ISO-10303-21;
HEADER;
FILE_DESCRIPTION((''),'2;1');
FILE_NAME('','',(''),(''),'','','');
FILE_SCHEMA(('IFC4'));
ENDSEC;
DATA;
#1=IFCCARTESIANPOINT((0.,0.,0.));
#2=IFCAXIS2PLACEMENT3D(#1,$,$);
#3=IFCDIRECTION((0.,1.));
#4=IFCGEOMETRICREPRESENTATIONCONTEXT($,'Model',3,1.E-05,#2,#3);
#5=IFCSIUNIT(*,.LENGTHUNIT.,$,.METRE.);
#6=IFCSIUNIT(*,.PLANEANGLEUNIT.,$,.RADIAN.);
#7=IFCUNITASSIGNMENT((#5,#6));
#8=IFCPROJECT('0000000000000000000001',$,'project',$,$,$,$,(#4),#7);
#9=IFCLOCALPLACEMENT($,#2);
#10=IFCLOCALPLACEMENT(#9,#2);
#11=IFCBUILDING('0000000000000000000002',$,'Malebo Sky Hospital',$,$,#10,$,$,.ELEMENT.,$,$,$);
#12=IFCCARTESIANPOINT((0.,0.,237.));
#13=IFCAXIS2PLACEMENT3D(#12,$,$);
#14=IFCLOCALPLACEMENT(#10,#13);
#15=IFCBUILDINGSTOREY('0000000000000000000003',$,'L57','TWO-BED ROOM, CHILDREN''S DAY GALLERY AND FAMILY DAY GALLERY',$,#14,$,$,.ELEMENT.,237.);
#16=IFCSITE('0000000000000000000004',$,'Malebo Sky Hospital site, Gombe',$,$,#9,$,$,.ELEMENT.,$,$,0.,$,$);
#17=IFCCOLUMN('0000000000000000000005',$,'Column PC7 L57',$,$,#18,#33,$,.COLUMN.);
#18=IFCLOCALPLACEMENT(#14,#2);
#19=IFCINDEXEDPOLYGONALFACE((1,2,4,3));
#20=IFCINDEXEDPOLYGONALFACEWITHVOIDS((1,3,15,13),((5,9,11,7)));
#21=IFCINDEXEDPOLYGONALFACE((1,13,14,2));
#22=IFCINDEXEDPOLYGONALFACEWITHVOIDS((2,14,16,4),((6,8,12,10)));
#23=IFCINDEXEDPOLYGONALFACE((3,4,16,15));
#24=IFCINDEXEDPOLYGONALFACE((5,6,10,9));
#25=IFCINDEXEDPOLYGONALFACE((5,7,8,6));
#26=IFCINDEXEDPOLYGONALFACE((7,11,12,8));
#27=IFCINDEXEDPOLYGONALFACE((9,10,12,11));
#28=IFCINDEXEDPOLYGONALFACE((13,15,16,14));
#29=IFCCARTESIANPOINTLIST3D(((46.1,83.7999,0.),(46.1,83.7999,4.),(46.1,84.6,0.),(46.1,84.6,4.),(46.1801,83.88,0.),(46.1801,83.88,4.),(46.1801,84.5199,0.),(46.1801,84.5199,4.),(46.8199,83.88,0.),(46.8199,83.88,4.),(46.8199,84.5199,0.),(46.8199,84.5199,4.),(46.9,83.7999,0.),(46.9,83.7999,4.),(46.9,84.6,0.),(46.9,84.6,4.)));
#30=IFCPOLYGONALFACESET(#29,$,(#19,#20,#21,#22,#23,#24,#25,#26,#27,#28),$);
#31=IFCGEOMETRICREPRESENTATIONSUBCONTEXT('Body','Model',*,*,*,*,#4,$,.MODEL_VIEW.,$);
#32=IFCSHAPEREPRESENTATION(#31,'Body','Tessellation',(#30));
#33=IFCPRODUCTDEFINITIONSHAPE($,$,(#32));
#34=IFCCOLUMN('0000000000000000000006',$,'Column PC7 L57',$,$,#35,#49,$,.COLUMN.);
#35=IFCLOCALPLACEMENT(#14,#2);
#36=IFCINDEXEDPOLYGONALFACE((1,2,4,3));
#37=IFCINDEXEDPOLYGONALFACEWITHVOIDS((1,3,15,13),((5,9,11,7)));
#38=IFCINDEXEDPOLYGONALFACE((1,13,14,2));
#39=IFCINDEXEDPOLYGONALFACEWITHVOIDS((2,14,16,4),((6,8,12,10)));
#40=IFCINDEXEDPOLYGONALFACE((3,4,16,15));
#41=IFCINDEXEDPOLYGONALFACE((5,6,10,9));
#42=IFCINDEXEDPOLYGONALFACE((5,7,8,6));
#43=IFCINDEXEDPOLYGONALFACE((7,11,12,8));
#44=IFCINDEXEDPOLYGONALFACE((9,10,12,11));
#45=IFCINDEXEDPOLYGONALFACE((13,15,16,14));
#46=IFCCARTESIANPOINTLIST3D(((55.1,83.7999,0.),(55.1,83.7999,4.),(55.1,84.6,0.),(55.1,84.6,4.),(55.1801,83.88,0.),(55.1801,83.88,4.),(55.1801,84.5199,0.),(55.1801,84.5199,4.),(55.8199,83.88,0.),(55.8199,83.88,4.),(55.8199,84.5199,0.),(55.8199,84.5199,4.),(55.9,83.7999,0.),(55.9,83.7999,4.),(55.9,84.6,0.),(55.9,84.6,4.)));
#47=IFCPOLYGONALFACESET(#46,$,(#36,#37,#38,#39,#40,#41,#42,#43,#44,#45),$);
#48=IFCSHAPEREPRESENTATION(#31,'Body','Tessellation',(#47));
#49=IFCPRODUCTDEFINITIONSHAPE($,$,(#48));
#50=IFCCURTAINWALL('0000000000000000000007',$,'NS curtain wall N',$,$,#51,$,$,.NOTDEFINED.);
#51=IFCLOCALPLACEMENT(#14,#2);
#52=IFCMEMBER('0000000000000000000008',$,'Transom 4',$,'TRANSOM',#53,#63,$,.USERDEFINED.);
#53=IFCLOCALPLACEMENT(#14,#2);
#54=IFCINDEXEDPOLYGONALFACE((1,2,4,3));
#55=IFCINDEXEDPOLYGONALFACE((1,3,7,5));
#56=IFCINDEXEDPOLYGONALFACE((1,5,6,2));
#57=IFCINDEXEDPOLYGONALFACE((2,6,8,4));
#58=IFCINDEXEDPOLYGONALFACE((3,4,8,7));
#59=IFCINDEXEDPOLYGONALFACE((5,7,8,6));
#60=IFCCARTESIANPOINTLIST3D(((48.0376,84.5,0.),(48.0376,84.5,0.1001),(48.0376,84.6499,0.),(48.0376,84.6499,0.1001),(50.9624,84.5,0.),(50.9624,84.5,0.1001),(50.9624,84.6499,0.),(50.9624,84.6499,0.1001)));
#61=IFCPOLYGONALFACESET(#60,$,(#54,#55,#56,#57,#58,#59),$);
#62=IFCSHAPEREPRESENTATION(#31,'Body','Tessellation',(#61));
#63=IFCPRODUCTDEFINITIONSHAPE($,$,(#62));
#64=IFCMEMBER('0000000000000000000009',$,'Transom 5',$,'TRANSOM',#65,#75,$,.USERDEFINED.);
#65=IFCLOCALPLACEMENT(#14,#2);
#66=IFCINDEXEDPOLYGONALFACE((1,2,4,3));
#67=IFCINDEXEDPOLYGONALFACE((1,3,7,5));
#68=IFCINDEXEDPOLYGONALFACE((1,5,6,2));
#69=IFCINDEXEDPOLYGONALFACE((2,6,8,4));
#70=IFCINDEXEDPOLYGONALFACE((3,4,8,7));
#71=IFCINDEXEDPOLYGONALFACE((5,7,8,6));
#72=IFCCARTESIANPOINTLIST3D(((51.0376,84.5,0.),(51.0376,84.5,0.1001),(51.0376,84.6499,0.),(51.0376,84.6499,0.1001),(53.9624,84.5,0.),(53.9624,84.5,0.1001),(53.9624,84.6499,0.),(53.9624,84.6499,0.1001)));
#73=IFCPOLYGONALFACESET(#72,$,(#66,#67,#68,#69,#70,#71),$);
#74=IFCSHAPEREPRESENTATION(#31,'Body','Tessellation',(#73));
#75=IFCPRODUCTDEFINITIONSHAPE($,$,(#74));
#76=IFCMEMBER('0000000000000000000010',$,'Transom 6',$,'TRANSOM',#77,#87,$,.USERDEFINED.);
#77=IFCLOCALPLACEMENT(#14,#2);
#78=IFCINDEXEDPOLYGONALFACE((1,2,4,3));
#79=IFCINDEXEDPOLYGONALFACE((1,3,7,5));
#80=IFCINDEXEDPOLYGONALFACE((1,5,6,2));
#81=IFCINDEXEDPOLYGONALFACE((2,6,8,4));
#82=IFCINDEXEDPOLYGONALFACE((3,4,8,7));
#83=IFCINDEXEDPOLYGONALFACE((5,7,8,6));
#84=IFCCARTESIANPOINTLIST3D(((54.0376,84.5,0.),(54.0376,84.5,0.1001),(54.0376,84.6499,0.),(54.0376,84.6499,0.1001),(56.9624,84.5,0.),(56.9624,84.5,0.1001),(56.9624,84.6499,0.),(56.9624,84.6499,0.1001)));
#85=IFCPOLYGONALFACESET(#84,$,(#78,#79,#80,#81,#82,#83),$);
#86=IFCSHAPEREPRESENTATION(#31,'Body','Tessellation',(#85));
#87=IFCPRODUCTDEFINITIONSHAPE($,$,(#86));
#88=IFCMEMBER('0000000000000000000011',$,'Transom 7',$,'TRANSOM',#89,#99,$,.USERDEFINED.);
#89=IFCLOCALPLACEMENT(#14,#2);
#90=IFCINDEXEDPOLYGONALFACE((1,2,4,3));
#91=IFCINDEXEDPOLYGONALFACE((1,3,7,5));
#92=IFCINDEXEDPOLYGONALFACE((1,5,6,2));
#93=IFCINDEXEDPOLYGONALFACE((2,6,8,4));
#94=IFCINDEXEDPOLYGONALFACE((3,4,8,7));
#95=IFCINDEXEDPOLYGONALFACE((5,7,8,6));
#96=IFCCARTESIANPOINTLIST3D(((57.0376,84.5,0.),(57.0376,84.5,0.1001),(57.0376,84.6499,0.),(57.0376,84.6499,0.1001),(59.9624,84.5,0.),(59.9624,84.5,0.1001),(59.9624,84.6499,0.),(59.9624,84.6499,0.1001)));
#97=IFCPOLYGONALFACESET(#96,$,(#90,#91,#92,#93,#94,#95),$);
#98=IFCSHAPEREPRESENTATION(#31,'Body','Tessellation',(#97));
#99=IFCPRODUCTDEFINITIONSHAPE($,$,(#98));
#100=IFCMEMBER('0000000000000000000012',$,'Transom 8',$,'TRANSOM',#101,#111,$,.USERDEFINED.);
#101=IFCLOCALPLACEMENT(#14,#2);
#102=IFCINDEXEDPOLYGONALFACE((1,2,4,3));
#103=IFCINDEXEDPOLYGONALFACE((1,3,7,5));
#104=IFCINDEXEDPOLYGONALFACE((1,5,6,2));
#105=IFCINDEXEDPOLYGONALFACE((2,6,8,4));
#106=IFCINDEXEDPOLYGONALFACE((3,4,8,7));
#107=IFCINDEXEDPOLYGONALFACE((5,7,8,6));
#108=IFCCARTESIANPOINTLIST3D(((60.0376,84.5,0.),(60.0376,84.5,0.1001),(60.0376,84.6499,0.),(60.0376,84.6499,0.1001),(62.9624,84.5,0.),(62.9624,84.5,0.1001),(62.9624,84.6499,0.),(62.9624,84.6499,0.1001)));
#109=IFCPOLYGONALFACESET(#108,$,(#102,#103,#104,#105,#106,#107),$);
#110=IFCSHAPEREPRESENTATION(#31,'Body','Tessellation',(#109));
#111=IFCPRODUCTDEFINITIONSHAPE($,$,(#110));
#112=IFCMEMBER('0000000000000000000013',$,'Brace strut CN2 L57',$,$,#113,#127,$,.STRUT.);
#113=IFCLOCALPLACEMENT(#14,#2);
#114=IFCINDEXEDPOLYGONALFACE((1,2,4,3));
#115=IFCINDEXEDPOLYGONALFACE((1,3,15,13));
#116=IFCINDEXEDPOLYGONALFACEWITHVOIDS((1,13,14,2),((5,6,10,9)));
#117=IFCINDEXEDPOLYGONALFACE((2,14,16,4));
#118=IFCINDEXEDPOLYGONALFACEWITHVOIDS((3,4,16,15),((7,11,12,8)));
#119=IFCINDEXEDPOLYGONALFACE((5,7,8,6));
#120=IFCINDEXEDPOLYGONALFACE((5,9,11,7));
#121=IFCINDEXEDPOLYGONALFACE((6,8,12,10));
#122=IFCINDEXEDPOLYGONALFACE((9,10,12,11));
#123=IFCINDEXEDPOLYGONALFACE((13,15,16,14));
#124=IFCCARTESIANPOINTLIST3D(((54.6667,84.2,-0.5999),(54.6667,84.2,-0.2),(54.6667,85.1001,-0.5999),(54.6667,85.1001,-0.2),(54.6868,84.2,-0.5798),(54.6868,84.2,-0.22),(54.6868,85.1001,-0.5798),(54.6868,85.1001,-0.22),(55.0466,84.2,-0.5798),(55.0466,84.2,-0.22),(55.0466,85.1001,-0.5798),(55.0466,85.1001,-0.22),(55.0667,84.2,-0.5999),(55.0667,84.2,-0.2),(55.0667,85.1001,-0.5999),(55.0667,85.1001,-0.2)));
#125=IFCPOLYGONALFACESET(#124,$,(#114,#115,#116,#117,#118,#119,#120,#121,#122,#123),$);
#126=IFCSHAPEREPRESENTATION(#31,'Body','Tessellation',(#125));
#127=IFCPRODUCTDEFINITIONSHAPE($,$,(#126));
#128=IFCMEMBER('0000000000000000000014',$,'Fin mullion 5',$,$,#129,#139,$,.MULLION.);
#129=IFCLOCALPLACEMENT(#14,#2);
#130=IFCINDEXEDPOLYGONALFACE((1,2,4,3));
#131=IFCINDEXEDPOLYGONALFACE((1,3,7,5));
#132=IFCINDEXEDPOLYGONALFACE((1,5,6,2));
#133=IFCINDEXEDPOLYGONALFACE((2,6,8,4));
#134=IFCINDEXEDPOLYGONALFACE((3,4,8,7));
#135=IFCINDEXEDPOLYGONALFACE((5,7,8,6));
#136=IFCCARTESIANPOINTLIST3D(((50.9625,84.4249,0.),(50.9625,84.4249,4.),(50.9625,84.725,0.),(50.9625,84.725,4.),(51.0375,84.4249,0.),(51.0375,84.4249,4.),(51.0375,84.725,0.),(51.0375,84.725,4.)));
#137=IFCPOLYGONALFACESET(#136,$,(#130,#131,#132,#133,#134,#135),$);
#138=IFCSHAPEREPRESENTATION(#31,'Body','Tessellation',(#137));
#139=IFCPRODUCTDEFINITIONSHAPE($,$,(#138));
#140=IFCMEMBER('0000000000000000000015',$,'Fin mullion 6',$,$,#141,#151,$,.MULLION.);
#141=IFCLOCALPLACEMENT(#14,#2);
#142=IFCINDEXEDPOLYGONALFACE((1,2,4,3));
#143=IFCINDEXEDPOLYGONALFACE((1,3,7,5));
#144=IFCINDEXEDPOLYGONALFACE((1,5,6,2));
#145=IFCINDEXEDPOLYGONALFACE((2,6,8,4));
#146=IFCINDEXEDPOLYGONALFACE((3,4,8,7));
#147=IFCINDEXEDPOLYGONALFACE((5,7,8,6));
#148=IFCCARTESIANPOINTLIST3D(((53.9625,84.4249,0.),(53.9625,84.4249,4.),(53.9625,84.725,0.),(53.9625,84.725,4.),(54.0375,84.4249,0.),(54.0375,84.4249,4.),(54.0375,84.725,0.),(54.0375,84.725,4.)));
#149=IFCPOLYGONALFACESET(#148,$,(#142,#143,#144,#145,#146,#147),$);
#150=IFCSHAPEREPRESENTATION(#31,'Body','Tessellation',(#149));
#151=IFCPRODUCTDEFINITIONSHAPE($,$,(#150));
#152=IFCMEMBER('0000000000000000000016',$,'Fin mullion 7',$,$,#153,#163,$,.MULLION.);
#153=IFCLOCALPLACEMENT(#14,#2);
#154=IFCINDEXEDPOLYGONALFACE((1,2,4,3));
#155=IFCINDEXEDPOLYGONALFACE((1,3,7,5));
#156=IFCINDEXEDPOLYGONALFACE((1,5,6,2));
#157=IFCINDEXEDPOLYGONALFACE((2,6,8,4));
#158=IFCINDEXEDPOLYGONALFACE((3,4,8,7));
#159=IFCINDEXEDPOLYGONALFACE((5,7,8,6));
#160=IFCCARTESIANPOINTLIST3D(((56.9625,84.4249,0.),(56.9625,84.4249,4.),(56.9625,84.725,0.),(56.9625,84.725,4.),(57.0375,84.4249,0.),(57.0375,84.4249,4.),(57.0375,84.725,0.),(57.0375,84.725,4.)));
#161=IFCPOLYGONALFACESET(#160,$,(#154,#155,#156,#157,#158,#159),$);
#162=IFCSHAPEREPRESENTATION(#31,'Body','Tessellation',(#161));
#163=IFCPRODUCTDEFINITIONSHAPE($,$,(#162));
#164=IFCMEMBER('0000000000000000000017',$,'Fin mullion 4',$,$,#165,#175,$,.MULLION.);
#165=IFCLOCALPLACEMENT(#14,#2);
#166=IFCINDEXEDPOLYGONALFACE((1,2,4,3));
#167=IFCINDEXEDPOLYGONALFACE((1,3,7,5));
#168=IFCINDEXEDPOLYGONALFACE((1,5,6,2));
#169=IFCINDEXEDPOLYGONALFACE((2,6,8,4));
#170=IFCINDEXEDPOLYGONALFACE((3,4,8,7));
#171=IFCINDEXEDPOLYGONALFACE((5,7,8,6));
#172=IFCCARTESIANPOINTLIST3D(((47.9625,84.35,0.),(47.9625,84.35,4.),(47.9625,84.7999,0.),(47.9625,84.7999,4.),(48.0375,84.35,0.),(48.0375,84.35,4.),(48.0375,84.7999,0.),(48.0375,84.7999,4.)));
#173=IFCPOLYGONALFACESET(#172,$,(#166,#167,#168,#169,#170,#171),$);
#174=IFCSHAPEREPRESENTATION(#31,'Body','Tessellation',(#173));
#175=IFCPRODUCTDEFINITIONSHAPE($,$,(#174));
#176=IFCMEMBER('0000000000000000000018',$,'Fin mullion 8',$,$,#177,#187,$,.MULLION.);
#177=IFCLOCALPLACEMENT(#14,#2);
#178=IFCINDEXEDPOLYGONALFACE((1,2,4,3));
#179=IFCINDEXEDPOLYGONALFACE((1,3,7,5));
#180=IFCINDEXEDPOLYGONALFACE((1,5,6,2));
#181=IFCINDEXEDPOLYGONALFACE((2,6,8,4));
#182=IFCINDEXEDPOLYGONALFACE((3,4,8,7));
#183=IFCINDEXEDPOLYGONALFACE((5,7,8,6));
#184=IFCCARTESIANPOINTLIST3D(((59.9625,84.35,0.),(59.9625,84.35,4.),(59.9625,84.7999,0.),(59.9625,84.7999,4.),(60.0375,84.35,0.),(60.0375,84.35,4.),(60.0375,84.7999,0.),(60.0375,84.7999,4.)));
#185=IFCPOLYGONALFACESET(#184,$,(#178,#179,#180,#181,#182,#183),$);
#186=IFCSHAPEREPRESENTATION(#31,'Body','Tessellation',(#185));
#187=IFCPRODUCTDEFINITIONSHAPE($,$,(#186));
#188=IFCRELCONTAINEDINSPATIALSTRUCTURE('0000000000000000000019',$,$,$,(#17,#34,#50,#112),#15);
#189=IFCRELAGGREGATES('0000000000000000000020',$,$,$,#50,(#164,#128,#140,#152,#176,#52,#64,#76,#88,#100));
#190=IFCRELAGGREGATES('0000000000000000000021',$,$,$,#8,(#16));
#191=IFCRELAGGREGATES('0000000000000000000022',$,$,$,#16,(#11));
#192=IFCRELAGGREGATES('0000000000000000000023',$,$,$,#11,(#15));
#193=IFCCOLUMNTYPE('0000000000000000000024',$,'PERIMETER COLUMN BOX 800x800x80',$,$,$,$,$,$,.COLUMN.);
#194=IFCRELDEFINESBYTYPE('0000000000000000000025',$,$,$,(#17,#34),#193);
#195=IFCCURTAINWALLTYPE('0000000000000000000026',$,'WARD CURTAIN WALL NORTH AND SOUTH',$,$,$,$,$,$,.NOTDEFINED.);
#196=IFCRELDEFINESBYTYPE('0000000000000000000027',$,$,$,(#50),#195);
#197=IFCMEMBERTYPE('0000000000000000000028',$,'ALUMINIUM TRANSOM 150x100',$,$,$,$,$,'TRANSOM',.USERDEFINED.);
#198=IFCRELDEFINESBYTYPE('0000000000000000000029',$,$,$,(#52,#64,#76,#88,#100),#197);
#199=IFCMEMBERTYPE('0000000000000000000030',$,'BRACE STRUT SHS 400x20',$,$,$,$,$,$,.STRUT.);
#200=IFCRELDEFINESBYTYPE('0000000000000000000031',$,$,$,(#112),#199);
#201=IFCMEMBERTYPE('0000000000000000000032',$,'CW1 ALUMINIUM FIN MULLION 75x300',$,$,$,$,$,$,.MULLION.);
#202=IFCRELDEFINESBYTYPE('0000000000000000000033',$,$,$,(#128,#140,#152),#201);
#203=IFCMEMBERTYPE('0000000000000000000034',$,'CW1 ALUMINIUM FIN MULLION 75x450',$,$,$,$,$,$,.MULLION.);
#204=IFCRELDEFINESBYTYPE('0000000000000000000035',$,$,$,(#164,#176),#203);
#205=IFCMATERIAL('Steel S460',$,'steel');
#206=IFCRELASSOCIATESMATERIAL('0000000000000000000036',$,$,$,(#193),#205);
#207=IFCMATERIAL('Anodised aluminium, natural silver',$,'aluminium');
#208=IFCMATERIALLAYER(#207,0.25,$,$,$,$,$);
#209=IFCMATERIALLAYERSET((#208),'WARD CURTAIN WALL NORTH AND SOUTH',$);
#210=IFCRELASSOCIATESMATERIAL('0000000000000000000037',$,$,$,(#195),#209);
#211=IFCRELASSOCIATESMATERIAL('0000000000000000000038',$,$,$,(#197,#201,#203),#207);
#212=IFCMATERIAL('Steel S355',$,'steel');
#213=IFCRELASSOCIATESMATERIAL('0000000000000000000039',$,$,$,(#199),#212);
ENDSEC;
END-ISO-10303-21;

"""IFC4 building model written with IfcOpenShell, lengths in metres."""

from ifc_helpers import new_model, si_unit, direction, frame, origin, origin_2d, place, context, subcontext, project, spatial, rectangle, hollow_rectangle, extrude, material, layer, layer_set, material_profile, profile_set, type_object, element, aggregate, save


model = new_model("IFC4")

# Units and contexts
model_context = context("Model", 3, precision=1e-05, world=origin(), true_north=direction((0.0, 1.0)))
body_context = subcontext(model_context, "Body", "Model", "MODEL_VIEW")
ifc_project = project(units=[si_unit("LENGTHUNIT", "METRE"), si_unit("PLANEANGLEUNIT", "RADIAN")], contexts=[model_context])

# Site, building, storey
site_placement = place(None, origin())
site = spatial("IfcSite", under=ifc_project, at=site_placement, Name="Malebo Sky Hospital site, Gombe", CompositionType="ELEMENT", RefElevation=0.0)
building_placement = place(site_placement, origin())
building = spatial("IfcBuilding", under=site, at=building_placement, Name="Malebo Sky Hospital", CompositionType="ELEMENT")
storey_placement = place(building_placement, frame((0.0, 0.0, 237.0)))
storey = spatial("IfcBuildingStorey", under=building, at=storey_placement, Name="L57", Description="TWO-BED ROOM, CHILDREN'S DAY GALLERY AND FAMILY DAY GALLERY", CompositionType="ELEMENT", Elevation=237.0)

# Columns
ifc_material_1 = material(Name="Steel S460", Category="steel")
ifc_material_profile_1 = material_profile(ifc_material_1, hollow_rectangle(XDim=0.8, YDim=0.8, WallThickness=0.0801, at=origin_2d()), Name="BOX 800x800x80")
ifc_profile_set_1 = profile_set([ifc_material_profile_1], Name="Steel S460")
column_type = type_object("IfcColumnType", Name="PERIMETER COLUMN BOX 800x800x80", PredefinedType="COLUMN", material=ifc_profile_set_1)
for number, where, z_axis, x_axis, name in (
    (1, (46.5, 84.2, 0.0), (0.0, 0.0, 1.0), (1.0, 0.0, 0.0), "Column PC7 L57"),
    (2, (55.5, 84.2, 0.0), (0.0, 0.0, 1.0), (1.0, 0.0, 0.0), "Column PC7 L57"),
):
    element("IfcColumn", number, at=place(storey_placement, frame(where, z_axis=z_axis, x_axis=x_axis)), inside=storey, type_object=column_type, Name=name, PredefinedType="COLUMN", context=body_context, shape_type="SweptSolid", body=[
        extrude(hollow_rectangle(XDim=0.8, YDim=0.8, WallThickness=0.0801, at=origin_2d()), origin(), (0.0, 0.0, 1.0), 4.0),
    ])

# Curtain wall, members
ifc_material_2 = material(Name="Anodised aluminium, natural silver", Category="aluminium")
ifc_layer_1 = layer(ifc_material_2, 0.25)
ifc_layer_set_1 = layer_set([ifc_layer_1], Name="WARD CURTAIN WALL NORTH AND SOUTH")
curtain_wall_type = type_object("IfcCurtainWallType", Name="WARD CURTAIN WALL NORTH AND SOUTH", PredefinedType="NOTDEFINED", material=ifc_layer_set_1)
curtain_wall_placement = place(storey_placement, origin())
curtain_wall = element("IfcCurtainWall", 3, at=curtain_wall_placement, inside=storey, type_object=curtain_wall_type, Name="NS curtain wall N", PredefinedType="NOTDEFINED")
ifc_material_profile_2 = material_profile(ifc_material_2, rectangle(XDim=0.1499, YDim=0.1001, at=origin_2d()), Name="ALUMINIUM TRANSOM 150x100")
ifc_profile_set_2 = profile_set([ifc_material_profile_2], Name="Anodised aluminium, natural silver")
member_type_1 = type_object("IfcMemberType", Name="ALUMINIUM TRANSOM 150x100", ElementType="TRANSOM", PredefinedType="USERDEFINED", material=ifc_profile_set_2)
member_1_placement = place(storey_placement, frame((48.0376, 84.575, 0.05), z_axis=(1.0, 0.0, 0.0), x_axis=(0.0, 1.0, 0.0)))
member_1 = element("IfcMember", 4, at=member_1_placement, type_object=member_type_1, Name="Transom 4", ObjectType="TRANSOM", PredefinedType="USERDEFINED", context=body_context, shape_type="SweptSolid", body=[
    extrude(rectangle(XDim=0.1499, YDim=0.1001, at=origin_2d()), origin(), (0.0, 0.0, 1.0), 2.9248),
])
member_2_placement = place(storey_placement, frame((51.0376, 84.575, 0.05), z_axis=(1.0, 0.0, 0.0), x_axis=(0.0, 1.0, 0.0)))
member_2 = element("IfcMember", 5, at=member_2_placement, type_object=member_type_1, Name="Transom 5", ObjectType="TRANSOM", PredefinedType="USERDEFINED", context=body_context, shape_type="SweptSolid", body=[
    extrude(rectangle(XDim=0.1499, YDim=0.1001, at=origin_2d()), origin(), (0.0, 0.0, 1.0), 2.9248),
])
member_3_placement = place(storey_placement, frame((54.0376, 84.575, 0.05), z_axis=(1.0, 0.0, 0.0), x_axis=(0.0, 1.0, 0.0)))
member_3 = element("IfcMember", 6, at=member_3_placement, type_object=member_type_1, Name="Transom 6", ObjectType="TRANSOM", PredefinedType="USERDEFINED", context=body_context, shape_type="SweptSolid", body=[
    extrude(rectangle(XDim=0.1499, YDim=0.1001, at=origin_2d()), origin(), (0.0, 0.0, 1.0), 2.9248),
])
member_4_placement = place(storey_placement, frame((57.0376, 84.575, 0.05), z_axis=(1.0, 0.0, 0.0), x_axis=(0.0, 1.0, 0.0)))
member_4 = element("IfcMember", 7, at=member_4_placement, type_object=member_type_1, Name="Transom 7", ObjectType="TRANSOM", PredefinedType="USERDEFINED", context=body_context, shape_type="SweptSolid", body=[
    extrude(rectangle(XDim=0.1499, YDim=0.1001, at=origin_2d()), origin(), (0.0, 0.0, 1.0), 2.9248),
])
member_5_placement = place(storey_placement, frame((60.0376, 84.575, 0.05), z_axis=(1.0, 0.0, 0.0), x_axis=(0.0, 1.0, 0.0)))
member_5 = element("IfcMember", 8, at=member_5_placement, type_object=member_type_1, Name="Transom 8", ObjectType="TRANSOM", PredefinedType="USERDEFINED", context=body_context, shape_type="SweptSolid", body=[
    extrude(rectangle(XDim=0.1499, YDim=0.1001, at=origin_2d()), origin(), (0.0, 0.0, 1.0), 2.9248),
])

# Members
ifc_material_3 = material(Name="Steel S355", Category="steel")
ifc_material_profile_3 = material_profile(ifc_material_3, hollow_rectangle(XDim=0.3999, YDim=0.3999, WallThickness=0.02, at=origin_2d()), Name="SHS 400x20")
ifc_profile_set_3 = profile_set([ifc_material_profile_3], Name="Steel S355")
member_type_2 = type_object("IfcMemberType", Name="BRACE STRUT SHS 400x20", PredefinedType="STRUT", material=ifc_profile_set_3)
member_6_placement = place(storey_placement, frame((54.8667, 85.1001, -0.3999), z_axis=(0.0, -1.0, 0.0), x_axis=(1.0, 0.0, 0.0)))
element("IfcMember", 9, at=member_6_placement, inside=storey, type_object=member_type_2, Name="Brace strut CN2 L57", PredefinedType="STRUT", context=body_context, shape_type="SweptSolid", body=[
    extrude(hollow_rectangle(XDim=0.3999, YDim=0.3999, WallThickness=0.02, at=origin_2d()), origin(), (0.0, 0.0, 1.0), 0.9001),
])
ifc_material_profile_4 = material_profile(ifc_material_2, rectangle(XDim=0.075, YDim=0.3, at=origin_2d()), Name="CW1 ALUMINIUM FIN MULLION 75x300")
ifc_profile_set_4 = profile_set([ifc_material_profile_4], Name="Anodised aluminium, natural silver")
member_type_3 = type_object("IfcMemberType", Name="CW1 ALUMINIUM FIN MULLION 75x300", PredefinedType="MULLION", material=ifc_profile_set_4)
member_7_placement = place(storey_placement, frame((51.0, 84.575, 0.0), z_axis=(0.0, 0.0, 1.0), x_axis=(1.0, 0.0, 0.0)))
member_7 = element("IfcMember", 10, at=member_7_placement, type_object=member_type_3, Name="Fin mullion 5", PredefinedType="MULLION", context=body_context, shape_type="SweptSolid", body=[
    extrude(rectangle(XDim=0.075, YDim=0.3, at=origin_2d()), origin(), (0.0, 0.0, 1.0), 4.0),
])
member_8_placement = place(storey_placement, frame((54.0, 84.575, 0.0), z_axis=(0.0, 0.0, 1.0), x_axis=(1.0, 0.0, 0.0)))
member_8 = element("IfcMember", 11, at=member_8_placement, type_object=member_type_3, Name="Fin mullion 6", PredefinedType="MULLION", context=body_context, shape_type="SweptSolid", body=[
    extrude(rectangle(XDim=0.075, YDim=0.3, at=origin_2d()), origin(), (0.0, 0.0, 1.0), 4.0),
])
member_9_placement = place(storey_placement, frame((57.0, 84.575, 0.0), z_axis=(0.0, 0.0, 1.0), x_axis=(1.0, 0.0, 0.0)))
member_9 = element("IfcMember", 12, at=member_9_placement, type_object=member_type_3, Name="Fin mullion 7", PredefinedType="MULLION", context=body_context, shape_type="SweptSolid", body=[
    extrude(rectangle(XDim=0.075, YDim=0.3, at=origin_2d()), origin(), (0.0, 0.0, 1.0), 4.0),
])
ifc_material_profile_5 = material_profile(ifc_material_2, rectangle(XDim=0.075, YDim=0.45, at=origin_2d()), Name="CW1 ALUMINIUM FIN MULLION 75x450")
ifc_profile_set_5 = profile_set([ifc_material_profile_5], Name="Anodised aluminium, natural silver")
member_type_4 = type_object("IfcMemberType", Name="CW1 ALUMINIUM FIN MULLION 75x450", PredefinedType="MULLION", material=ifc_profile_set_5)
member_10_placement = place(storey_placement, frame((48.0, 84.575, 0.0), z_axis=(0.0, 0.0, 1.0), x_axis=(1.0, 0.0, 0.0)))
member_10 = element("IfcMember", 13, at=member_10_placement, type_object=member_type_4, Name="Fin mullion 4", PredefinedType="MULLION", context=body_context, shape_type="SweptSolid", body=[
    extrude(rectangle(XDim=0.075, YDim=0.45, at=origin_2d()), origin(), (0.0, 0.0, 1.0), 4.0),
])
member_11_placement = place(storey_placement, frame((60.0, 84.575, 0.0), z_axis=(0.0, 0.0, 1.0), x_axis=(1.0, 0.0, 0.0)))
member_11 = element("IfcMember", 14, at=member_11_placement, type_object=member_type_4, Name="Fin mullion 8", PredefinedType="MULLION", context=body_context, shape_type="SweptSolid", body=[
    extrude(rectangle(XDim=0.075, YDim=0.45, at=origin_2d()), origin(), (0.0, 0.0, 1.0), 4.0),
])

aggregate(curtain_wall, [member_10, member_7, member_8, member_9, member_11, member_1, member_2, member_3, member_4, member_5])

save(model, "model.ifc")
